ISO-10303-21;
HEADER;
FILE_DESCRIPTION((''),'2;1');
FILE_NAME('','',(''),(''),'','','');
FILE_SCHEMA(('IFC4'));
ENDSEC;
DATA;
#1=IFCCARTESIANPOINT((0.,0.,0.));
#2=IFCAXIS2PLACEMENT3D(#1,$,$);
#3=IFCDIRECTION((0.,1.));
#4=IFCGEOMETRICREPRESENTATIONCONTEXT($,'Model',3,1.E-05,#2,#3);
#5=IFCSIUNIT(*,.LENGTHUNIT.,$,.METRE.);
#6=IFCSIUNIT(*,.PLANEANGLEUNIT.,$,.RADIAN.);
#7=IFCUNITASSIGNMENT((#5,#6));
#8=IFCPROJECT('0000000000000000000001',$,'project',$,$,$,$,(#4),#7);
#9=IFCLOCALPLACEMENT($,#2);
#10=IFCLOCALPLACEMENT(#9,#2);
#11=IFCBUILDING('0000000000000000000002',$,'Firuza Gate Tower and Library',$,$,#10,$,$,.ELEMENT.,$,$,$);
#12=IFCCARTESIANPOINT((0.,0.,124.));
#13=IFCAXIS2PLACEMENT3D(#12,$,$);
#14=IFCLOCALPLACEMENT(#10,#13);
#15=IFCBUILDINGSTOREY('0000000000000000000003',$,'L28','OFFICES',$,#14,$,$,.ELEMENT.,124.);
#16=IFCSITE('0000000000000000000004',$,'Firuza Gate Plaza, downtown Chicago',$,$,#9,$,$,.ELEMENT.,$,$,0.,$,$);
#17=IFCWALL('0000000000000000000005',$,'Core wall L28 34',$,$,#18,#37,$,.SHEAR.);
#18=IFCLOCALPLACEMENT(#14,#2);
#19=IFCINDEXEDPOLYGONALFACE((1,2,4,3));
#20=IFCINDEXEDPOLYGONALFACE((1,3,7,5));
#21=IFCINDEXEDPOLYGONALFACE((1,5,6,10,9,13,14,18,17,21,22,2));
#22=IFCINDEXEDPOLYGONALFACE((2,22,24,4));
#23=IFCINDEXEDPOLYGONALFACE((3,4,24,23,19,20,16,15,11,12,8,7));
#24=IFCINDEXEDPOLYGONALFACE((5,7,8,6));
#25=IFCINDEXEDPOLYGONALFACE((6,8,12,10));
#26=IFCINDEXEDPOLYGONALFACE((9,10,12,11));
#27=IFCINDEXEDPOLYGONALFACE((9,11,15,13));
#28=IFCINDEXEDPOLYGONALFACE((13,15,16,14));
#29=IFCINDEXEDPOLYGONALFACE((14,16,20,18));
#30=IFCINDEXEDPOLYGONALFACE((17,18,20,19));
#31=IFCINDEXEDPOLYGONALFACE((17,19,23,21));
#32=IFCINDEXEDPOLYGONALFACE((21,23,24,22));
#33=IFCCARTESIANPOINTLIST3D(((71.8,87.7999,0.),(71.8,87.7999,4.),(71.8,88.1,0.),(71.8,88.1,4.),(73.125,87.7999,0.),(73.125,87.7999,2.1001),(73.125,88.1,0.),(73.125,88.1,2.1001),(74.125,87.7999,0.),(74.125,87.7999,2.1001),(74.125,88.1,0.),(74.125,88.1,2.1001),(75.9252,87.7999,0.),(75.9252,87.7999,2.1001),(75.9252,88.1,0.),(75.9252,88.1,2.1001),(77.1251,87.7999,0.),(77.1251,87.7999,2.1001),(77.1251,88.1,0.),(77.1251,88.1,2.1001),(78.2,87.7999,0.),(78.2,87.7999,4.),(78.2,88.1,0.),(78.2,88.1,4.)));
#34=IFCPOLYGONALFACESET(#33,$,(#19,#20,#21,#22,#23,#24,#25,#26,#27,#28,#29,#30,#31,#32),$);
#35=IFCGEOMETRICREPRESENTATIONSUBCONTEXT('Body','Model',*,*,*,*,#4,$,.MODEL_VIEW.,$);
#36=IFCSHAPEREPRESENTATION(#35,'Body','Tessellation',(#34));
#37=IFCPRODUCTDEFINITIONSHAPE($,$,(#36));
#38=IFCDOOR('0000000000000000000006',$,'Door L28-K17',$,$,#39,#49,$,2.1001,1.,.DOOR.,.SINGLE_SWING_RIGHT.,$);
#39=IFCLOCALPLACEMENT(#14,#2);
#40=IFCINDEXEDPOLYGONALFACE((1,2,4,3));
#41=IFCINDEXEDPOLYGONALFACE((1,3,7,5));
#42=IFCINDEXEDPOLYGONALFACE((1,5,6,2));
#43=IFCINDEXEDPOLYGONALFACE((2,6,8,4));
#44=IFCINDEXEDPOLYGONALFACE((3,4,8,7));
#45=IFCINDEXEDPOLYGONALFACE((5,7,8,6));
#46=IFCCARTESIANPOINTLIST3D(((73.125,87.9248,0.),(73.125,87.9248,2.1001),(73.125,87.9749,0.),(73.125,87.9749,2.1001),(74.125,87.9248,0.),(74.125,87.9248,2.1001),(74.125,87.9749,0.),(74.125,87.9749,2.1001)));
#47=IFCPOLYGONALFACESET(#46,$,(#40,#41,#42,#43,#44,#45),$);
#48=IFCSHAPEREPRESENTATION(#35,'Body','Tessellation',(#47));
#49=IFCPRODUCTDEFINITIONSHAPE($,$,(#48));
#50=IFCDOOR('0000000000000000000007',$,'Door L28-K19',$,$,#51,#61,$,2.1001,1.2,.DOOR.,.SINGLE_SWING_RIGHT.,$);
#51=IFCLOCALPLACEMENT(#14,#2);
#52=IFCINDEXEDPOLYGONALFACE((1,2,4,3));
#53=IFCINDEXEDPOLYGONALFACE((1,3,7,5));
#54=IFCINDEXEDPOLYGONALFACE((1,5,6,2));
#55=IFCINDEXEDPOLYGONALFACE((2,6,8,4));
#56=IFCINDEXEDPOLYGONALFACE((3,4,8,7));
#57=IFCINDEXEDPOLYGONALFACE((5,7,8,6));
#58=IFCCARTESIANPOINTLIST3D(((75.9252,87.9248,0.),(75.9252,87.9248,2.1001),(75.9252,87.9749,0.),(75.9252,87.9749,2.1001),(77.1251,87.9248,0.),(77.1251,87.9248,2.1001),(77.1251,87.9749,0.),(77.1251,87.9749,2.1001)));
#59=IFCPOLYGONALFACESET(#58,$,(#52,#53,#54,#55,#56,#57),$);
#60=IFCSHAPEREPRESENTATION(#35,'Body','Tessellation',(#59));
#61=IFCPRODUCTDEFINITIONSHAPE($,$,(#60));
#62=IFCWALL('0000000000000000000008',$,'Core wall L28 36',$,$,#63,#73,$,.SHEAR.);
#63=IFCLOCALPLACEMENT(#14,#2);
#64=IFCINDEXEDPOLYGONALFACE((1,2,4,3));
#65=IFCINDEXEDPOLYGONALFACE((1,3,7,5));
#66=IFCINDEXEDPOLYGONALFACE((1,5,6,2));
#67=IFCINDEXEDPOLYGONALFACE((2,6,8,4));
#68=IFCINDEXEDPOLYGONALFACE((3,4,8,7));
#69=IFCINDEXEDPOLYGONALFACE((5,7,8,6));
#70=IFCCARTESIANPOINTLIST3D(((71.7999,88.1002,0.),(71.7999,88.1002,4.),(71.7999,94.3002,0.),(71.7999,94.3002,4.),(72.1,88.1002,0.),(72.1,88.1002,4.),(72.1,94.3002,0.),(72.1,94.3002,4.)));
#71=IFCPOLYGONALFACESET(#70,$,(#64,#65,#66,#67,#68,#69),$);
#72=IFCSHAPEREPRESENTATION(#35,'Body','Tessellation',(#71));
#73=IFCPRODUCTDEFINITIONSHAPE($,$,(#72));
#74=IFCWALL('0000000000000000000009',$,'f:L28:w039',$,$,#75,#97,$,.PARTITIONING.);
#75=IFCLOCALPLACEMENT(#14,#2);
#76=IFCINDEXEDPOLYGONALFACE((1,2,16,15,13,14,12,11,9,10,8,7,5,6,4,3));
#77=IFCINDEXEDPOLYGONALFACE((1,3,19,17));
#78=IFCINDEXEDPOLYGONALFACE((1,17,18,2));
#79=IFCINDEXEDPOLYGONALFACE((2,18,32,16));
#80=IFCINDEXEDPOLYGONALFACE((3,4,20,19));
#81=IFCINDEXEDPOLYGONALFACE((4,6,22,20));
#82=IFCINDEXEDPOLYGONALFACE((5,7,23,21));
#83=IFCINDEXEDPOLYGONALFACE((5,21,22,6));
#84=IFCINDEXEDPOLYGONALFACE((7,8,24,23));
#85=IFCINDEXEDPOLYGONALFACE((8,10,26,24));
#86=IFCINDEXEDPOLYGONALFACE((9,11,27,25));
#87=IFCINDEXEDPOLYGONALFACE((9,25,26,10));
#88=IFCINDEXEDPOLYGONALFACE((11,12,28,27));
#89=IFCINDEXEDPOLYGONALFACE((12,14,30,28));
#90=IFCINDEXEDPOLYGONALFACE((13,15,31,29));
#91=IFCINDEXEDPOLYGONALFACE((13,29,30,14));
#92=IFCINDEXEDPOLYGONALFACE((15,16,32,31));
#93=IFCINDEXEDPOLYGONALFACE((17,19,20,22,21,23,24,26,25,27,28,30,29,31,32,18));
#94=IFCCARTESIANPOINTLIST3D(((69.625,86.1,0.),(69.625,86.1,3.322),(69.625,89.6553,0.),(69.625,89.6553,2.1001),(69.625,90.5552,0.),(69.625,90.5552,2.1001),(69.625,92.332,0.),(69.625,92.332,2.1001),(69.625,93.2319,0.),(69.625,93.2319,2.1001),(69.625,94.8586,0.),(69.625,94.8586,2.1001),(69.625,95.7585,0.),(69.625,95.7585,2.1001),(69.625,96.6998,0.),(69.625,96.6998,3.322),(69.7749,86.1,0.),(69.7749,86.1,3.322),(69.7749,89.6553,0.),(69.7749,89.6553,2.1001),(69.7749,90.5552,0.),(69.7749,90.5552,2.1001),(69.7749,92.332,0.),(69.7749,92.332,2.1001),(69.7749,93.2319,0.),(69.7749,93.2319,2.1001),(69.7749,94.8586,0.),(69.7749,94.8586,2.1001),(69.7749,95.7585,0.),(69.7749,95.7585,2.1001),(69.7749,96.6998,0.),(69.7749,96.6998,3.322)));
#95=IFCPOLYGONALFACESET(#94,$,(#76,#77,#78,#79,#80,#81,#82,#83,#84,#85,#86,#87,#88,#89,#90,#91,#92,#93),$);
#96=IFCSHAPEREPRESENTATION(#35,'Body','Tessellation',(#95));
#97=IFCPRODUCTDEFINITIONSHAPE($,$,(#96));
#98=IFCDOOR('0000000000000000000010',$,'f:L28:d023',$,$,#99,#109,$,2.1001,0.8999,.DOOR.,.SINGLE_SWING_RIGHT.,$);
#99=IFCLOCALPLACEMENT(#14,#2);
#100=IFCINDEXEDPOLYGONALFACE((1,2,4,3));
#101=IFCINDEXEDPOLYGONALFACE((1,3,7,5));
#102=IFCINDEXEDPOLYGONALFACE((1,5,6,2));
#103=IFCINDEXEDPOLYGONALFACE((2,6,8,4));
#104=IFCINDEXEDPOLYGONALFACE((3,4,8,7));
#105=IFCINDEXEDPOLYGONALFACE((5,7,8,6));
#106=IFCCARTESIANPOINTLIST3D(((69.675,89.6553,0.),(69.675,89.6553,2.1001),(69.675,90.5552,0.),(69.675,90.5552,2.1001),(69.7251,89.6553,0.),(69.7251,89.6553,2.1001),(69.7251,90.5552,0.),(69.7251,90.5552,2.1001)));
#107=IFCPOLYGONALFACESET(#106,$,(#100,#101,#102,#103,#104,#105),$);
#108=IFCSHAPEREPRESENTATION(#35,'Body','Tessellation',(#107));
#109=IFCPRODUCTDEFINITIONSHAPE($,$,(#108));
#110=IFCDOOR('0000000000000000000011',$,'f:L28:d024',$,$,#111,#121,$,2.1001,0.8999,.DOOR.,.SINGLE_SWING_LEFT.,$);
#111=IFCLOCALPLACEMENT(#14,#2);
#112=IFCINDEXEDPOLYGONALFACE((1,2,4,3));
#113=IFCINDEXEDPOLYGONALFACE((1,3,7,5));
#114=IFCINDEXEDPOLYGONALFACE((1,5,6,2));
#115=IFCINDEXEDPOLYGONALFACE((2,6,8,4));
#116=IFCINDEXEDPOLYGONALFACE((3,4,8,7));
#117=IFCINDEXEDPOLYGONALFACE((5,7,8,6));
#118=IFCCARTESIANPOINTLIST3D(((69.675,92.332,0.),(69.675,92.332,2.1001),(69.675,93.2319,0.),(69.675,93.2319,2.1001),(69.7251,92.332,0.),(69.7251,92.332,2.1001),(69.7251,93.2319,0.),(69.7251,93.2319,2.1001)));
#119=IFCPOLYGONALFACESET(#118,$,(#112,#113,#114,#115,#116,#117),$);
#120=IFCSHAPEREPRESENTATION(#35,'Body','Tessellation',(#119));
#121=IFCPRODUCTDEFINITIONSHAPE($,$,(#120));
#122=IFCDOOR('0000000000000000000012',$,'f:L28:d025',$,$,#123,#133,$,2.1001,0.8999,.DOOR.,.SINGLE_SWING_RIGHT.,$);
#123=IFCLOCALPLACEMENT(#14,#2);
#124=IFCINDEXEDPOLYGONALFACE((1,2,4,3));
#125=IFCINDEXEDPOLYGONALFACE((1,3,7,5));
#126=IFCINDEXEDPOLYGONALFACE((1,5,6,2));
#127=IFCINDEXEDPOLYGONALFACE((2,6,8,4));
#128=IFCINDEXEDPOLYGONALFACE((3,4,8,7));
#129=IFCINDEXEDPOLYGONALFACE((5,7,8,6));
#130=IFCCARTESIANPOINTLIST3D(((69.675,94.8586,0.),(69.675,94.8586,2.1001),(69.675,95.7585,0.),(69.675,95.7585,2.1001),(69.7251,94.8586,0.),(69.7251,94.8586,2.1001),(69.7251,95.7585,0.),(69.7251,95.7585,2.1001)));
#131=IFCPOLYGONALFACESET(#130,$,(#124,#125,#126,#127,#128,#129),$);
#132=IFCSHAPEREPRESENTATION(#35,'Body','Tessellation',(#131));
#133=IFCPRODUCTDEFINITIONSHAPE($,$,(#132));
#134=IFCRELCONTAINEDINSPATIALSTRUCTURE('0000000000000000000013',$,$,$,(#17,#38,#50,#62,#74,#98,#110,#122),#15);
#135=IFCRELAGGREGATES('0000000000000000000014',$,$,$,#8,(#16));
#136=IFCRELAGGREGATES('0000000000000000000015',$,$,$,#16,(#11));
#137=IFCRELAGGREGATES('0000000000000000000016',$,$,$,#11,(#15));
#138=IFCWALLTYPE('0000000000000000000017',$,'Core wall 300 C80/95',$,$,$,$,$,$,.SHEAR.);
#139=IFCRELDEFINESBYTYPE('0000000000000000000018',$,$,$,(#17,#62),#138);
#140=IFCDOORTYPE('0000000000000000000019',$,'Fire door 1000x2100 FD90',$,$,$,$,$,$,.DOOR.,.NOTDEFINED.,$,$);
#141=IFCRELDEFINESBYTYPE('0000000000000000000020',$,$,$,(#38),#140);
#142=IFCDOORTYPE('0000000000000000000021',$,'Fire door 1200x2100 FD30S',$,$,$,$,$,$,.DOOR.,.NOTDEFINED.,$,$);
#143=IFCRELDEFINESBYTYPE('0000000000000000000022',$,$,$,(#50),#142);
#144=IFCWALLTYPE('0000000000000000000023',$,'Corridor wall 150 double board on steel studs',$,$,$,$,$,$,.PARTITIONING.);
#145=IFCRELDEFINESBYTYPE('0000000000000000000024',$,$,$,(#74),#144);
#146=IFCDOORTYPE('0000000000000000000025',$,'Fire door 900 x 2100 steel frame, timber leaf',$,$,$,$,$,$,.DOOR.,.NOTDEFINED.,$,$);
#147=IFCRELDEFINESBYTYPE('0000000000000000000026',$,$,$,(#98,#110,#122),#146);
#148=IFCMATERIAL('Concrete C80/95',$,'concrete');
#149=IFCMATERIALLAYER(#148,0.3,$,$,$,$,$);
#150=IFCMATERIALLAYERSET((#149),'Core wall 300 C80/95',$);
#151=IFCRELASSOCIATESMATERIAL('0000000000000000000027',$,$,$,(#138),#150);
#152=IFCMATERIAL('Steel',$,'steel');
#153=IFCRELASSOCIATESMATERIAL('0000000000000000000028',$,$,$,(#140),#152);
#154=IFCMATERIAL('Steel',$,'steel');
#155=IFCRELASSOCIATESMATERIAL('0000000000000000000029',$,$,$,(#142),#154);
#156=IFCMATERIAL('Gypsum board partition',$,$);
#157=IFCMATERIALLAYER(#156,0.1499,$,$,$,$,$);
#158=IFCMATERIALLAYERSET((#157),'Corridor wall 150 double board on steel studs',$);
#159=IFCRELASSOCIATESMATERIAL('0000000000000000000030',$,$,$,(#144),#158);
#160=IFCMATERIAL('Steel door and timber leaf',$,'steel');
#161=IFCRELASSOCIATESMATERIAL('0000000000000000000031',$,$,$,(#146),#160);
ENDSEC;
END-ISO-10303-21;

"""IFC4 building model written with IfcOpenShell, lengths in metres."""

from ifc_helpers import new_model, si_unit, direction, frame, frame_2d, origin, place, context, subcontext, project, spatial, rectangle, extrude, material, layer, layer_set, type_object, element, fill, save


model = new_model("IFC4")

# Units and contexts
model_context = context("Model", 3, precision=1e-05, world=origin(), true_north=direction((0.0, 1.0)))
body_context = subcontext(model_context, "Body", "Model", "MODEL_VIEW")
ifc_project = project(units=[si_unit("LENGTHUNIT", "METRE"), si_unit("PLANEANGLEUNIT", "RADIAN")], contexts=[model_context])

# Site, building, storey
site_placement = place(None, origin())
site = spatial("IfcSite", under=ifc_project, at=site_placement, Name="Firuza Gate Plaza, downtown Chicago", CompositionType="ELEMENT", RefElevation=0.0)
building_placement = place(site_placement, origin())
building = spatial("IfcBuilding", under=site, at=building_placement, Name="Firuza Gate Tower and Library", CompositionType="ELEMENT")
storey_placement = place(building_placement, frame((0.0, 0.0, 124.0)))
storey = spatial("IfcBuildingStorey", under=building, at=storey_placement, Name="L28", Description="OFFICES", CompositionType="ELEMENT", Elevation=124.0)

# Shared definitions
ifc_material_1 = material(Name="Concrete C80/95", Category="concrete")
ifc_layer_1 = layer(ifc_material_1, 0.3)
ifc_layer_set_1 = layer_set([ifc_layer_1], Name="Core wall 300 C80/95")
wall_type_1 = type_object("IfcWallType", Name="Core wall 300 C80/95", PredefinedType="SHEAR", material=ifc_layer_set_1)

# Wall, openings, doors
wall_1_placement = place(storey_placement, frame((71.8, 87.95, 0.0), z_axis=(0.0, 0.0, 1.0), x_axis=(1.0, 0.0, 0.0)))
wall_1 = element("IfcWall", 1, at=wall_1_placement, inside=storey, type_object=wall_type_1, Name="Core wall L28 34", PredefinedType="SHEAR", context=body_context, shape_type="SweptSolid", body=[
    extrude(rectangle(XDim=6.3999, YDim=0.3, at=frame_2d((3.2, 0.0))), origin(), (0.0, 0.0, 1.0), 4.0),
])
opening_1_placement = place(wall_1_placement, frame((1.325, 0.0, 0.0)))
opening_1 = element("IfcOpeningElement", 2, at=opening_1_placement, cuts=wall_1, PredefinedType="OPENING", context=body_context, shape_type="SweptSolid", body=[
    extrude(rectangle(XDim=1.0, YDim=2.1001, at=frame_2d((0.5, 1.05))), frame((0.0, 0.1602, 0.0), z_axis=(0.0, -1.0, 0.0), x_axis=(1.0, 0.0, 0.0)), (0.0, 0.0, 1.0), 0.3201),
])
opening_2_placement = place(wall_1_placement, frame((4.125, 0.0, 0.0)))
opening_2 = element("IfcOpeningElement", 3, at=opening_2_placement, cuts=wall_1, PredefinedType="OPENING", context=body_context, shape_type="SweptSolid", body=[
    extrude(rectangle(XDim=1.2, YDim=2.1001, at=frame_2d((0.6001, 1.05))), frame((0.0, 0.1602, 0.0), z_axis=(0.0, -1.0, 0.0), x_axis=(1.0, 0.0, 0.0)), (0.0, 0.0, 1.0), 0.3201),
])
ifc_material_2 = material(Name="Steel", Category="steel")
door_type_1 = type_object("IfcDoorType", Name="Fire door 1000x2100 FD90", OperationType="NOTDEFINED", PredefinedType="DOOR", material=ifc_material_2)
door_1_placement = place(opening_1_placement, origin())
door_1 = element("IfcDoor", 4, at=door_1_placement, inside=storey, type_object=door_type_1, Name="Door L28-K17", OperationType="SINGLE_SWING_RIGHT", OverallHeight=2.1001, OverallWidth=1.0, PredefinedType="DOOR", context=body_context, shape_type="SweptSolid", body=[
    extrude(rectangle(XDim=1.0, YDim=2.1001, at=frame_2d((0.5, 1.05))), frame((0.0, 0.0249, 0.0), z_axis=(0.0, -1.0, 0.0), x_axis=(1.0, 0.0, 0.0)), (0.0, 0.0, 1.0), 0.05),
])
fill(opening_1, door_1)
ifc_material_3 = material(Name="Steel", Category="steel")
door_type_2 = type_object("IfcDoorType", Name="Fire door 1200x2100 FD30S", OperationType="NOTDEFINED", PredefinedType="DOOR", material=ifc_material_3)
door_2_placement = place(opening_2_placement, origin())
door_2 = element("IfcDoor", 5, at=door_2_placement, inside=storey, type_object=door_type_2, Name="Door L28-K19", OperationType="SINGLE_SWING_RIGHT", OverallHeight=2.1001, OverallWidth=1.2, PredefinedType="DOOR", context=body_context, shape_type="SweptSolid", body=[
    extrude(rectangle(XDim=1.2, YDim=2.1001, at=frame_2d((0.6001, 1.05))), frame((0.0, 0.0249, 0.0), z_axis=(0.0, -1.0, 0.0), x_axis=(1.0, 0.0, 0.0)), (0.0, 0.0, 1.0), 0.05),
])
fill(opening_2, door_2)

# Wall
wall_2_placement = place(storey_placement, frame((71.95, 88.1001, 0.0), z_axis=(0.0, 0.0, 1.0), x_axis=(0.0, 1.0, 0.0)))
element("IfcWall", 6, at=wall_2_placement, inside=storey, type_object=wall_type_1, Name="Core wall L28 36", PredefinedType="SHEAR", context=body_context, shape_type="SweptSolid", body=[
    extrude(rectangle(XDim=6.2, YDim=0.3, at=frame_2d((3.1001, 0.0))), origin(), (0.0, 0.0, 1.0), 4.0),
])

# Wall, openings, doors
ifc_material_4 = material(Name="Gypsum board partition")
ifc_layer_2 = layer(ifc_material_4, 0.1499)
ifc_layer_set_2 = layer_set([ifc_layer_2], Name="Corridor wall 150 double board on steel studs")
wall_type_2 = type_object("IfcWallType", Name="Corridor wall 150 double board on steel studs", PredefinedType="PARTITIONING", material=ifc_layer_set_2)
wall_3_placement = place(storey_placement, frame((69.7, 86.1001, 0.0), z_axis=(0.0, 0.0, 1.0), x_axis=(0.0, 1.0, 0.0)))
wall_3 = element("IfcWall", 7, at=wall_3_placement, inside=storey, type_object=wall_type_2, Name="f:L28:w039", PredefinedType="PARTITIONING", context=body_context, shape_type="SweptSolid", body=[
    extrude(rectangle(XDim=10.5999, YDim=0.1499, at=frame_2d((5.2998, 0.0))), origin(), (0.0, 0.0, 1.0), 3.322),
])
opening_3_placement = place(wall_3_placement, frame((3.5552, 0.0, 0.0)))
opening_3 = element("IfcOpeningElement", 8, at=opening_3_placement, cuts=wall_3, PredefinedType="OPENING", context=body_context, shape_type="SweptSolid", body=[
    extrude(rectangle(XDim=0.8999, YDim=2.1001, at=frame_2d((0.45, 1.05))), frame((0.0, 0.085, 0.0), z_axis=(0.0, -1.0, 0.0), x_axis=(1.0, 0.0, 0.0)), (0.0, 0.0, 1.0), 0.1699),
])
opening_4_placement = place(wall_3_placement, frame((6.2319, 0.0, 0.0)))
opening_4 = element("IfcOpeningElement", 9, at=opening_4_placement, cuts=wall_3, PredefinedType="OPENING", context=body_context, shape_type="SweptSolid", body=[
    extrude(rectangle(XDim=0.8999, YDim=2.1001, at=frame_2d((0.45, 1.05))), frame((0.0, 0.085, 0.0), z_axis=(0.0, -1.0, 0.0), x_axis=(1.0, 0.0, 0.0)), (0.0, 0.0, 1.0), 0.1699),
])
opening_5_placement = place(wall_3_placement, frame((8.7585, 0.0, 0.0)))
opening_5 = element("IfcOpeningElement", 10, at=opening_5_placement, cuts=wall_3, PredefinedType="OPENING", context=body_context, shape_type="SweptSolid", body=[
    extrude(rectangle(XDim=0.8999, YDim=2.1001, at=frame_2d((0.45, 1.05))), frame((0.0, 0.085, 0.0), z_axis=(0.0, -1.0, 0.0), x_axis=(1.0, 0.0, 0.0)), (0.0, 0.0, 1.0), 0.1699),
])
ifc_material_5 = material(Name="Steel door and timber leaf", Category="steel")
door_type_3 = type_object("IfcDoorType", Name="Fire door 900 x 2100 steel frame, timber leaf", OperationType="NOTDEFINED", PredefinedType="DOOR", material=ifc_material_5)
door_3_placement = place(opening_3_placement, origin())
door_3 = element("IfcDoor", 11, at=door_3_placement, inside=storey, type_object=door_type_3, Name="f:L28:d023", OperationType="SINGLE_SWING_RIGHT", OverallHeight=2.1001, OverallWidth=0.8999, PredefinedType="DOOR", context=body_context, shape_type="SweptSolid", body=[
    extrude(rectangle(XDim=0.8999, YDim=2.1001, at=frame_2d((0.45, 1.05))), frame((0.0, 0.0249, 0.0), z_axis=(0.0, -1.0, 0.0), x_axis=(1.0, 0.0, 0.0)), (0.0, 0.0, 1.0), 0.05),
])
fill(opening_3, door_3)
door_4_placement = place(opening_4_placement, origin())
door_4 = element("IfcDoor", 12, at=door_4_placement, inside=storey, type_object=door_type_3, Name="f:L28:d024", OperationType="SINGLE_SWING_LEFT", OverallHeight=2.1001, OverallWidth=0.8999, PredefinedType="DOOR", context=body_context, shape_type="SweptSolid", body=[
    extrude(rectangle(XDim=0.8999, YDim=2.1001, at=frame_2d((0.45, 1.05))), frame((0.0, 0.0249, 0.0), z_axis=(0.0, -1.0, 0.0), x_axis=(1.0, 0.0, 0.0)), (0.0, 0.0, 1.0), 0.05),
])
fill(opening_4, door_4)
door_5_placement = place(opening_5_placement, origin())
door_5 = element("IfcDoor", 13, at=door_5_placement, inside=storey, type_object=door_type_3, Name="f:L28:d025", OperationType="SINGLE_SWING_RIGHT", OverallHeight=2.1001, OverallWidth=0.8999, PredefinedType="DOOR", context=body_context, shape_type="SweptSolid", body=[
    extrude(rectangle(XDim=0.8999, YDim=2.1001, at=frame_2d((0.45, 1.05))), frame((0.0, 0.0249, 0.0), z_axis=(0.0, -1.0, 0.0), x_axis=(1.0, 0.0, 0.0)), (0.0, 0.0, 1.0), 0.05),
])
fill(opening_5, door_5)

save(model, "model.ifc")
